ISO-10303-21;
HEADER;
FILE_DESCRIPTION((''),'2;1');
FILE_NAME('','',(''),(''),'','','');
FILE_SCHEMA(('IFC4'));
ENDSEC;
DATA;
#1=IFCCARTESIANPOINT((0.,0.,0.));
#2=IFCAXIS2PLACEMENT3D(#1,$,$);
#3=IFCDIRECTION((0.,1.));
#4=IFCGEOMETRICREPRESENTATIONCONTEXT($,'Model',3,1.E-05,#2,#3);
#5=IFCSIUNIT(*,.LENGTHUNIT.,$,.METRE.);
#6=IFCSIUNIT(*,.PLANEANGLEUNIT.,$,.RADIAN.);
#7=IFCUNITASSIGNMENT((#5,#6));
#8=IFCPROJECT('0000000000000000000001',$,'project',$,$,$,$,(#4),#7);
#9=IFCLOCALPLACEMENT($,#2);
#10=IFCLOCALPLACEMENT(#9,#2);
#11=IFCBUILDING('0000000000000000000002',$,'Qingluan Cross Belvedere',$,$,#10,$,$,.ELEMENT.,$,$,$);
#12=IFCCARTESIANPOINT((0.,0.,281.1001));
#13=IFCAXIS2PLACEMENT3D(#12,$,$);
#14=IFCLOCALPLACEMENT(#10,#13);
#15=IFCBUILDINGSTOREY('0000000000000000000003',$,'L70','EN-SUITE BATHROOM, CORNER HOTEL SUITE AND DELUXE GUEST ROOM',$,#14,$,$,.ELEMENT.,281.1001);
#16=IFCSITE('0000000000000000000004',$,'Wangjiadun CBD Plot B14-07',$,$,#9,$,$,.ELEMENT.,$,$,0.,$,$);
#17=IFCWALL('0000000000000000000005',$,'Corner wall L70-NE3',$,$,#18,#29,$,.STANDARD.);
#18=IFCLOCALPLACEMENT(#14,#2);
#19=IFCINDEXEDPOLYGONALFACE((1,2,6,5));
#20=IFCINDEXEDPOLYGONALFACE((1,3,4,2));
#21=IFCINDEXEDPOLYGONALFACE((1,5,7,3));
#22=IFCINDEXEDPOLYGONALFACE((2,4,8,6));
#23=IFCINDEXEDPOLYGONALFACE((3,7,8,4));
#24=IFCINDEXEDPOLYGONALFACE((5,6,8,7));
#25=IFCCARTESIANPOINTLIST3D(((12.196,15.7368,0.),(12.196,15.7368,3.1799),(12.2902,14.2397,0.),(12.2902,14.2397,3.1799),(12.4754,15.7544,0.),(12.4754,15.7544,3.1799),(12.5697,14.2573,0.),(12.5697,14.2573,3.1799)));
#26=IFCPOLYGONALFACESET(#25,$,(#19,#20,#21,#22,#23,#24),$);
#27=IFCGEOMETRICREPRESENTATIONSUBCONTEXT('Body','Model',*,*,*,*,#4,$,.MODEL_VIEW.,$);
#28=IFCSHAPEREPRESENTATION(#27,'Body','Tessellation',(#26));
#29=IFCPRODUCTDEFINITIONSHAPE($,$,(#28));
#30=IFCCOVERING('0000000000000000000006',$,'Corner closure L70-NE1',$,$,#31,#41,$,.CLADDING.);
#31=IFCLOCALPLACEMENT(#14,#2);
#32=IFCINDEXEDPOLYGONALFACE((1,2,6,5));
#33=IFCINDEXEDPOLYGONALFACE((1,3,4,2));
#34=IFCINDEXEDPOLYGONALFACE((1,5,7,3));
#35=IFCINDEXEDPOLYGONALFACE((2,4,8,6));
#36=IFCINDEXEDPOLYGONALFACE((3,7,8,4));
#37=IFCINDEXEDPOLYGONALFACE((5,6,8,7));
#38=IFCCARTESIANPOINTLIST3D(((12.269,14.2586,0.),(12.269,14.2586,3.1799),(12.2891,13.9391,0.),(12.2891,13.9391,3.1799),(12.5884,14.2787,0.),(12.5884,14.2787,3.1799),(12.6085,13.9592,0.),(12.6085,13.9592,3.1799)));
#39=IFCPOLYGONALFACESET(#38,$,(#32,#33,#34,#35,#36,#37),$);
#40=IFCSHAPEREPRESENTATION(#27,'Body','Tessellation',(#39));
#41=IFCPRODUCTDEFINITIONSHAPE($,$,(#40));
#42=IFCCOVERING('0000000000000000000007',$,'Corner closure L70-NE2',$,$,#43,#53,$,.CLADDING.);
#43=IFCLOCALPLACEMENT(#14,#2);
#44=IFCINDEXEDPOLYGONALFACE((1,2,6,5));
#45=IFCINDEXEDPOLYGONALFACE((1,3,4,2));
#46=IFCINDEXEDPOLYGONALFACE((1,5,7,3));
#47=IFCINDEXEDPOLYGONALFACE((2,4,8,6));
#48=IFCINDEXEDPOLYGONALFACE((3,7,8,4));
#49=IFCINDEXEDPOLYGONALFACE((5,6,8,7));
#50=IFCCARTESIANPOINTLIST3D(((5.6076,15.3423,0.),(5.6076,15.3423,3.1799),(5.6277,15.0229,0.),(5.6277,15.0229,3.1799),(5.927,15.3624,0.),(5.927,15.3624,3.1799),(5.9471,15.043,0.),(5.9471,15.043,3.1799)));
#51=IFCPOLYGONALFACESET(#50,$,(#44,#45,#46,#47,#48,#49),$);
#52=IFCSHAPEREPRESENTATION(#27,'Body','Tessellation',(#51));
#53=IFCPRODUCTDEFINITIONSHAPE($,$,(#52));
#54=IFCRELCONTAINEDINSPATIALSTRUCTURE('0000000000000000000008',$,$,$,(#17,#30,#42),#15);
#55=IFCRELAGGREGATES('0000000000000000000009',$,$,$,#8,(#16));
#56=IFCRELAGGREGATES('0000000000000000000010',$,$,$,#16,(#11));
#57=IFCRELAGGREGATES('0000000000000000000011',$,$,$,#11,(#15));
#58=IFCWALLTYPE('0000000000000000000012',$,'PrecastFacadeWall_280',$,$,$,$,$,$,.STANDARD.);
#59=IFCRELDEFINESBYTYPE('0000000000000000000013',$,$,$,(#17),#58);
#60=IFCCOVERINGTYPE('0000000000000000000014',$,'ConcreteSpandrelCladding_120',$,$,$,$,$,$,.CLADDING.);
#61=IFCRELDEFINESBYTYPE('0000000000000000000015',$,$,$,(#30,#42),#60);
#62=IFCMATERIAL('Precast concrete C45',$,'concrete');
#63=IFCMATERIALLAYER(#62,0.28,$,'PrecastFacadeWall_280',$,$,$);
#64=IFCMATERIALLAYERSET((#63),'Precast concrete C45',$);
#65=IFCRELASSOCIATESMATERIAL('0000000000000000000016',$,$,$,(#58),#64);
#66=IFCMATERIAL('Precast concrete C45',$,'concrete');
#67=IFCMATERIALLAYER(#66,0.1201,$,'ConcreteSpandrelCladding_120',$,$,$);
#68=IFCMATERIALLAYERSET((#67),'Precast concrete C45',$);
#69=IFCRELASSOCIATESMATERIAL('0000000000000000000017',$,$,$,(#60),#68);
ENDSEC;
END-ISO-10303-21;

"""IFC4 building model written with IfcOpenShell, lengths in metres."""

from ifc_helpers import new_model, si_unit, direction, frame, frame_2d, origin, origin_2d, place, context, subcontext, project, spatial, rectangle, extrude, material, layer, layer_set, type_object, element, save


model = new_model("IFC4")

# Units and contexts
model_context = context("Model", 3, precision=1e-05, world=origin(), true_north=direction((0.0, 1.0)))
body_context = subcontext(model_context, "Body", "Model", "MODEL_VIEW")
ifc_project = project(units=[si_unit("LENGTHUNIT", "METRE"), si_unit("PLANEANGLEUNIT", "RADIAN")], contexts=[model_context])

# Site, building, storey
site_placement = place(None, origin())
site = spatial("IfcSite", under=ifc_project, at=site_placement, Name="Wangjiadun CBD Plot B14-07", CompositionType="ELEMENT", RefElevation=0.0)
building_placement = place(site_placement, origin())
building = spatial("IfcBuilding", under=site, at=building_placement, Name="Qingluan Cross Belvedere", CompositionType="ELEMENT")
storey_placement = place(building_placement, frame((0.0, 0.0, 281.1001)))
storey = spatial("IfcBuildingStorey", under=building, at=storey_placement, Name="L70", Description="EN-SUITE BATHROOM, CORNER HOTEL SUITE AND DELUXE GUEST ROOM", CompositionType="ELEMENT", Elevation=281.1001)

# Wall
ifc_material_1 = material(Name="Precast concrete C45", Category="concrete")
ifc_layer_1 = layer(ifc_material_1, 0.28, Name="PrecastFacadeWall_280")
ifc_layer_set_1 = layer_set([ifc_layer_1], Name="Precast concrete C45")
wall_type_1 = type_object("IfcWallType", Name="PrecastFacadeWall_280", PredefinedType="STANDARD", material=ifc_layer_set_1)
wall_1_placement = place(storey_placement, frame((12.4299, 14.2485, 0.0), z_axis=(0.0, 0.0, 1.0), x_axis=(-0.062824, 0.998025, 0.0)))
element("IfcWall", 1, at=wall_1_placement, inside=storey, type_object=wall_type_1, Name="Corner wall L70-NE3", PredefinedType="STANDARD", context=body_context, shape_type="SweptSolid", body=[
    extrude(rectangle(XDim=1.5, YDim=0.28, at=frame_2d((0.75, 0.0))), origin(), (0.0, 0.0, 1.0), 3.1799),
])

# Coverings
ifc_material_2 = material(Name="Precast concrete C45", Category="concrete")
ifc_layer_2 = layer(ifc_material_2, 0.1201, Name="ConcreteSpandrelCladding_120")
ifc_layer_set_2 = layer_set([ifc_layer_2], Name="Precast concrete C45")
covering_type = type_object("IfcCoveringType", Name="ConcreteSpandrelCladding_120", PredefinedType="CLADDING", material=ifc_layer_set_2)
for number, where, z_axis, x_axis, name in (
    (2, (12.4387, 14.1089, 0.0), (0.0, 0.0, 1.0), (0.998027, 0.062791, 0.0), "Corner closure L70-NE1"),
    (3, (5.7773, 15.1926, 0.0), (0.0, 0.0, 1.0), (0.998027, 0.062791, 0.0), "Corner closure L70-NE2"),
):
    element("IfcCovering", number, at=place(storey_placement, frame(where, z_axis=z_axis, x_axis=x_axis)), inside=storey, type_object=covering_type, Name=name, PredefinedType="CLADDING", context=body_context, shape_type="SweptSolid", body=[
        extrude(rectangle(XDim=0.3201, YDim=0.3201, at=origin_2d()), origin(), (0.0, 0.0, 1.0), 3.1799),
    ])

save(model, "model.ifc")
